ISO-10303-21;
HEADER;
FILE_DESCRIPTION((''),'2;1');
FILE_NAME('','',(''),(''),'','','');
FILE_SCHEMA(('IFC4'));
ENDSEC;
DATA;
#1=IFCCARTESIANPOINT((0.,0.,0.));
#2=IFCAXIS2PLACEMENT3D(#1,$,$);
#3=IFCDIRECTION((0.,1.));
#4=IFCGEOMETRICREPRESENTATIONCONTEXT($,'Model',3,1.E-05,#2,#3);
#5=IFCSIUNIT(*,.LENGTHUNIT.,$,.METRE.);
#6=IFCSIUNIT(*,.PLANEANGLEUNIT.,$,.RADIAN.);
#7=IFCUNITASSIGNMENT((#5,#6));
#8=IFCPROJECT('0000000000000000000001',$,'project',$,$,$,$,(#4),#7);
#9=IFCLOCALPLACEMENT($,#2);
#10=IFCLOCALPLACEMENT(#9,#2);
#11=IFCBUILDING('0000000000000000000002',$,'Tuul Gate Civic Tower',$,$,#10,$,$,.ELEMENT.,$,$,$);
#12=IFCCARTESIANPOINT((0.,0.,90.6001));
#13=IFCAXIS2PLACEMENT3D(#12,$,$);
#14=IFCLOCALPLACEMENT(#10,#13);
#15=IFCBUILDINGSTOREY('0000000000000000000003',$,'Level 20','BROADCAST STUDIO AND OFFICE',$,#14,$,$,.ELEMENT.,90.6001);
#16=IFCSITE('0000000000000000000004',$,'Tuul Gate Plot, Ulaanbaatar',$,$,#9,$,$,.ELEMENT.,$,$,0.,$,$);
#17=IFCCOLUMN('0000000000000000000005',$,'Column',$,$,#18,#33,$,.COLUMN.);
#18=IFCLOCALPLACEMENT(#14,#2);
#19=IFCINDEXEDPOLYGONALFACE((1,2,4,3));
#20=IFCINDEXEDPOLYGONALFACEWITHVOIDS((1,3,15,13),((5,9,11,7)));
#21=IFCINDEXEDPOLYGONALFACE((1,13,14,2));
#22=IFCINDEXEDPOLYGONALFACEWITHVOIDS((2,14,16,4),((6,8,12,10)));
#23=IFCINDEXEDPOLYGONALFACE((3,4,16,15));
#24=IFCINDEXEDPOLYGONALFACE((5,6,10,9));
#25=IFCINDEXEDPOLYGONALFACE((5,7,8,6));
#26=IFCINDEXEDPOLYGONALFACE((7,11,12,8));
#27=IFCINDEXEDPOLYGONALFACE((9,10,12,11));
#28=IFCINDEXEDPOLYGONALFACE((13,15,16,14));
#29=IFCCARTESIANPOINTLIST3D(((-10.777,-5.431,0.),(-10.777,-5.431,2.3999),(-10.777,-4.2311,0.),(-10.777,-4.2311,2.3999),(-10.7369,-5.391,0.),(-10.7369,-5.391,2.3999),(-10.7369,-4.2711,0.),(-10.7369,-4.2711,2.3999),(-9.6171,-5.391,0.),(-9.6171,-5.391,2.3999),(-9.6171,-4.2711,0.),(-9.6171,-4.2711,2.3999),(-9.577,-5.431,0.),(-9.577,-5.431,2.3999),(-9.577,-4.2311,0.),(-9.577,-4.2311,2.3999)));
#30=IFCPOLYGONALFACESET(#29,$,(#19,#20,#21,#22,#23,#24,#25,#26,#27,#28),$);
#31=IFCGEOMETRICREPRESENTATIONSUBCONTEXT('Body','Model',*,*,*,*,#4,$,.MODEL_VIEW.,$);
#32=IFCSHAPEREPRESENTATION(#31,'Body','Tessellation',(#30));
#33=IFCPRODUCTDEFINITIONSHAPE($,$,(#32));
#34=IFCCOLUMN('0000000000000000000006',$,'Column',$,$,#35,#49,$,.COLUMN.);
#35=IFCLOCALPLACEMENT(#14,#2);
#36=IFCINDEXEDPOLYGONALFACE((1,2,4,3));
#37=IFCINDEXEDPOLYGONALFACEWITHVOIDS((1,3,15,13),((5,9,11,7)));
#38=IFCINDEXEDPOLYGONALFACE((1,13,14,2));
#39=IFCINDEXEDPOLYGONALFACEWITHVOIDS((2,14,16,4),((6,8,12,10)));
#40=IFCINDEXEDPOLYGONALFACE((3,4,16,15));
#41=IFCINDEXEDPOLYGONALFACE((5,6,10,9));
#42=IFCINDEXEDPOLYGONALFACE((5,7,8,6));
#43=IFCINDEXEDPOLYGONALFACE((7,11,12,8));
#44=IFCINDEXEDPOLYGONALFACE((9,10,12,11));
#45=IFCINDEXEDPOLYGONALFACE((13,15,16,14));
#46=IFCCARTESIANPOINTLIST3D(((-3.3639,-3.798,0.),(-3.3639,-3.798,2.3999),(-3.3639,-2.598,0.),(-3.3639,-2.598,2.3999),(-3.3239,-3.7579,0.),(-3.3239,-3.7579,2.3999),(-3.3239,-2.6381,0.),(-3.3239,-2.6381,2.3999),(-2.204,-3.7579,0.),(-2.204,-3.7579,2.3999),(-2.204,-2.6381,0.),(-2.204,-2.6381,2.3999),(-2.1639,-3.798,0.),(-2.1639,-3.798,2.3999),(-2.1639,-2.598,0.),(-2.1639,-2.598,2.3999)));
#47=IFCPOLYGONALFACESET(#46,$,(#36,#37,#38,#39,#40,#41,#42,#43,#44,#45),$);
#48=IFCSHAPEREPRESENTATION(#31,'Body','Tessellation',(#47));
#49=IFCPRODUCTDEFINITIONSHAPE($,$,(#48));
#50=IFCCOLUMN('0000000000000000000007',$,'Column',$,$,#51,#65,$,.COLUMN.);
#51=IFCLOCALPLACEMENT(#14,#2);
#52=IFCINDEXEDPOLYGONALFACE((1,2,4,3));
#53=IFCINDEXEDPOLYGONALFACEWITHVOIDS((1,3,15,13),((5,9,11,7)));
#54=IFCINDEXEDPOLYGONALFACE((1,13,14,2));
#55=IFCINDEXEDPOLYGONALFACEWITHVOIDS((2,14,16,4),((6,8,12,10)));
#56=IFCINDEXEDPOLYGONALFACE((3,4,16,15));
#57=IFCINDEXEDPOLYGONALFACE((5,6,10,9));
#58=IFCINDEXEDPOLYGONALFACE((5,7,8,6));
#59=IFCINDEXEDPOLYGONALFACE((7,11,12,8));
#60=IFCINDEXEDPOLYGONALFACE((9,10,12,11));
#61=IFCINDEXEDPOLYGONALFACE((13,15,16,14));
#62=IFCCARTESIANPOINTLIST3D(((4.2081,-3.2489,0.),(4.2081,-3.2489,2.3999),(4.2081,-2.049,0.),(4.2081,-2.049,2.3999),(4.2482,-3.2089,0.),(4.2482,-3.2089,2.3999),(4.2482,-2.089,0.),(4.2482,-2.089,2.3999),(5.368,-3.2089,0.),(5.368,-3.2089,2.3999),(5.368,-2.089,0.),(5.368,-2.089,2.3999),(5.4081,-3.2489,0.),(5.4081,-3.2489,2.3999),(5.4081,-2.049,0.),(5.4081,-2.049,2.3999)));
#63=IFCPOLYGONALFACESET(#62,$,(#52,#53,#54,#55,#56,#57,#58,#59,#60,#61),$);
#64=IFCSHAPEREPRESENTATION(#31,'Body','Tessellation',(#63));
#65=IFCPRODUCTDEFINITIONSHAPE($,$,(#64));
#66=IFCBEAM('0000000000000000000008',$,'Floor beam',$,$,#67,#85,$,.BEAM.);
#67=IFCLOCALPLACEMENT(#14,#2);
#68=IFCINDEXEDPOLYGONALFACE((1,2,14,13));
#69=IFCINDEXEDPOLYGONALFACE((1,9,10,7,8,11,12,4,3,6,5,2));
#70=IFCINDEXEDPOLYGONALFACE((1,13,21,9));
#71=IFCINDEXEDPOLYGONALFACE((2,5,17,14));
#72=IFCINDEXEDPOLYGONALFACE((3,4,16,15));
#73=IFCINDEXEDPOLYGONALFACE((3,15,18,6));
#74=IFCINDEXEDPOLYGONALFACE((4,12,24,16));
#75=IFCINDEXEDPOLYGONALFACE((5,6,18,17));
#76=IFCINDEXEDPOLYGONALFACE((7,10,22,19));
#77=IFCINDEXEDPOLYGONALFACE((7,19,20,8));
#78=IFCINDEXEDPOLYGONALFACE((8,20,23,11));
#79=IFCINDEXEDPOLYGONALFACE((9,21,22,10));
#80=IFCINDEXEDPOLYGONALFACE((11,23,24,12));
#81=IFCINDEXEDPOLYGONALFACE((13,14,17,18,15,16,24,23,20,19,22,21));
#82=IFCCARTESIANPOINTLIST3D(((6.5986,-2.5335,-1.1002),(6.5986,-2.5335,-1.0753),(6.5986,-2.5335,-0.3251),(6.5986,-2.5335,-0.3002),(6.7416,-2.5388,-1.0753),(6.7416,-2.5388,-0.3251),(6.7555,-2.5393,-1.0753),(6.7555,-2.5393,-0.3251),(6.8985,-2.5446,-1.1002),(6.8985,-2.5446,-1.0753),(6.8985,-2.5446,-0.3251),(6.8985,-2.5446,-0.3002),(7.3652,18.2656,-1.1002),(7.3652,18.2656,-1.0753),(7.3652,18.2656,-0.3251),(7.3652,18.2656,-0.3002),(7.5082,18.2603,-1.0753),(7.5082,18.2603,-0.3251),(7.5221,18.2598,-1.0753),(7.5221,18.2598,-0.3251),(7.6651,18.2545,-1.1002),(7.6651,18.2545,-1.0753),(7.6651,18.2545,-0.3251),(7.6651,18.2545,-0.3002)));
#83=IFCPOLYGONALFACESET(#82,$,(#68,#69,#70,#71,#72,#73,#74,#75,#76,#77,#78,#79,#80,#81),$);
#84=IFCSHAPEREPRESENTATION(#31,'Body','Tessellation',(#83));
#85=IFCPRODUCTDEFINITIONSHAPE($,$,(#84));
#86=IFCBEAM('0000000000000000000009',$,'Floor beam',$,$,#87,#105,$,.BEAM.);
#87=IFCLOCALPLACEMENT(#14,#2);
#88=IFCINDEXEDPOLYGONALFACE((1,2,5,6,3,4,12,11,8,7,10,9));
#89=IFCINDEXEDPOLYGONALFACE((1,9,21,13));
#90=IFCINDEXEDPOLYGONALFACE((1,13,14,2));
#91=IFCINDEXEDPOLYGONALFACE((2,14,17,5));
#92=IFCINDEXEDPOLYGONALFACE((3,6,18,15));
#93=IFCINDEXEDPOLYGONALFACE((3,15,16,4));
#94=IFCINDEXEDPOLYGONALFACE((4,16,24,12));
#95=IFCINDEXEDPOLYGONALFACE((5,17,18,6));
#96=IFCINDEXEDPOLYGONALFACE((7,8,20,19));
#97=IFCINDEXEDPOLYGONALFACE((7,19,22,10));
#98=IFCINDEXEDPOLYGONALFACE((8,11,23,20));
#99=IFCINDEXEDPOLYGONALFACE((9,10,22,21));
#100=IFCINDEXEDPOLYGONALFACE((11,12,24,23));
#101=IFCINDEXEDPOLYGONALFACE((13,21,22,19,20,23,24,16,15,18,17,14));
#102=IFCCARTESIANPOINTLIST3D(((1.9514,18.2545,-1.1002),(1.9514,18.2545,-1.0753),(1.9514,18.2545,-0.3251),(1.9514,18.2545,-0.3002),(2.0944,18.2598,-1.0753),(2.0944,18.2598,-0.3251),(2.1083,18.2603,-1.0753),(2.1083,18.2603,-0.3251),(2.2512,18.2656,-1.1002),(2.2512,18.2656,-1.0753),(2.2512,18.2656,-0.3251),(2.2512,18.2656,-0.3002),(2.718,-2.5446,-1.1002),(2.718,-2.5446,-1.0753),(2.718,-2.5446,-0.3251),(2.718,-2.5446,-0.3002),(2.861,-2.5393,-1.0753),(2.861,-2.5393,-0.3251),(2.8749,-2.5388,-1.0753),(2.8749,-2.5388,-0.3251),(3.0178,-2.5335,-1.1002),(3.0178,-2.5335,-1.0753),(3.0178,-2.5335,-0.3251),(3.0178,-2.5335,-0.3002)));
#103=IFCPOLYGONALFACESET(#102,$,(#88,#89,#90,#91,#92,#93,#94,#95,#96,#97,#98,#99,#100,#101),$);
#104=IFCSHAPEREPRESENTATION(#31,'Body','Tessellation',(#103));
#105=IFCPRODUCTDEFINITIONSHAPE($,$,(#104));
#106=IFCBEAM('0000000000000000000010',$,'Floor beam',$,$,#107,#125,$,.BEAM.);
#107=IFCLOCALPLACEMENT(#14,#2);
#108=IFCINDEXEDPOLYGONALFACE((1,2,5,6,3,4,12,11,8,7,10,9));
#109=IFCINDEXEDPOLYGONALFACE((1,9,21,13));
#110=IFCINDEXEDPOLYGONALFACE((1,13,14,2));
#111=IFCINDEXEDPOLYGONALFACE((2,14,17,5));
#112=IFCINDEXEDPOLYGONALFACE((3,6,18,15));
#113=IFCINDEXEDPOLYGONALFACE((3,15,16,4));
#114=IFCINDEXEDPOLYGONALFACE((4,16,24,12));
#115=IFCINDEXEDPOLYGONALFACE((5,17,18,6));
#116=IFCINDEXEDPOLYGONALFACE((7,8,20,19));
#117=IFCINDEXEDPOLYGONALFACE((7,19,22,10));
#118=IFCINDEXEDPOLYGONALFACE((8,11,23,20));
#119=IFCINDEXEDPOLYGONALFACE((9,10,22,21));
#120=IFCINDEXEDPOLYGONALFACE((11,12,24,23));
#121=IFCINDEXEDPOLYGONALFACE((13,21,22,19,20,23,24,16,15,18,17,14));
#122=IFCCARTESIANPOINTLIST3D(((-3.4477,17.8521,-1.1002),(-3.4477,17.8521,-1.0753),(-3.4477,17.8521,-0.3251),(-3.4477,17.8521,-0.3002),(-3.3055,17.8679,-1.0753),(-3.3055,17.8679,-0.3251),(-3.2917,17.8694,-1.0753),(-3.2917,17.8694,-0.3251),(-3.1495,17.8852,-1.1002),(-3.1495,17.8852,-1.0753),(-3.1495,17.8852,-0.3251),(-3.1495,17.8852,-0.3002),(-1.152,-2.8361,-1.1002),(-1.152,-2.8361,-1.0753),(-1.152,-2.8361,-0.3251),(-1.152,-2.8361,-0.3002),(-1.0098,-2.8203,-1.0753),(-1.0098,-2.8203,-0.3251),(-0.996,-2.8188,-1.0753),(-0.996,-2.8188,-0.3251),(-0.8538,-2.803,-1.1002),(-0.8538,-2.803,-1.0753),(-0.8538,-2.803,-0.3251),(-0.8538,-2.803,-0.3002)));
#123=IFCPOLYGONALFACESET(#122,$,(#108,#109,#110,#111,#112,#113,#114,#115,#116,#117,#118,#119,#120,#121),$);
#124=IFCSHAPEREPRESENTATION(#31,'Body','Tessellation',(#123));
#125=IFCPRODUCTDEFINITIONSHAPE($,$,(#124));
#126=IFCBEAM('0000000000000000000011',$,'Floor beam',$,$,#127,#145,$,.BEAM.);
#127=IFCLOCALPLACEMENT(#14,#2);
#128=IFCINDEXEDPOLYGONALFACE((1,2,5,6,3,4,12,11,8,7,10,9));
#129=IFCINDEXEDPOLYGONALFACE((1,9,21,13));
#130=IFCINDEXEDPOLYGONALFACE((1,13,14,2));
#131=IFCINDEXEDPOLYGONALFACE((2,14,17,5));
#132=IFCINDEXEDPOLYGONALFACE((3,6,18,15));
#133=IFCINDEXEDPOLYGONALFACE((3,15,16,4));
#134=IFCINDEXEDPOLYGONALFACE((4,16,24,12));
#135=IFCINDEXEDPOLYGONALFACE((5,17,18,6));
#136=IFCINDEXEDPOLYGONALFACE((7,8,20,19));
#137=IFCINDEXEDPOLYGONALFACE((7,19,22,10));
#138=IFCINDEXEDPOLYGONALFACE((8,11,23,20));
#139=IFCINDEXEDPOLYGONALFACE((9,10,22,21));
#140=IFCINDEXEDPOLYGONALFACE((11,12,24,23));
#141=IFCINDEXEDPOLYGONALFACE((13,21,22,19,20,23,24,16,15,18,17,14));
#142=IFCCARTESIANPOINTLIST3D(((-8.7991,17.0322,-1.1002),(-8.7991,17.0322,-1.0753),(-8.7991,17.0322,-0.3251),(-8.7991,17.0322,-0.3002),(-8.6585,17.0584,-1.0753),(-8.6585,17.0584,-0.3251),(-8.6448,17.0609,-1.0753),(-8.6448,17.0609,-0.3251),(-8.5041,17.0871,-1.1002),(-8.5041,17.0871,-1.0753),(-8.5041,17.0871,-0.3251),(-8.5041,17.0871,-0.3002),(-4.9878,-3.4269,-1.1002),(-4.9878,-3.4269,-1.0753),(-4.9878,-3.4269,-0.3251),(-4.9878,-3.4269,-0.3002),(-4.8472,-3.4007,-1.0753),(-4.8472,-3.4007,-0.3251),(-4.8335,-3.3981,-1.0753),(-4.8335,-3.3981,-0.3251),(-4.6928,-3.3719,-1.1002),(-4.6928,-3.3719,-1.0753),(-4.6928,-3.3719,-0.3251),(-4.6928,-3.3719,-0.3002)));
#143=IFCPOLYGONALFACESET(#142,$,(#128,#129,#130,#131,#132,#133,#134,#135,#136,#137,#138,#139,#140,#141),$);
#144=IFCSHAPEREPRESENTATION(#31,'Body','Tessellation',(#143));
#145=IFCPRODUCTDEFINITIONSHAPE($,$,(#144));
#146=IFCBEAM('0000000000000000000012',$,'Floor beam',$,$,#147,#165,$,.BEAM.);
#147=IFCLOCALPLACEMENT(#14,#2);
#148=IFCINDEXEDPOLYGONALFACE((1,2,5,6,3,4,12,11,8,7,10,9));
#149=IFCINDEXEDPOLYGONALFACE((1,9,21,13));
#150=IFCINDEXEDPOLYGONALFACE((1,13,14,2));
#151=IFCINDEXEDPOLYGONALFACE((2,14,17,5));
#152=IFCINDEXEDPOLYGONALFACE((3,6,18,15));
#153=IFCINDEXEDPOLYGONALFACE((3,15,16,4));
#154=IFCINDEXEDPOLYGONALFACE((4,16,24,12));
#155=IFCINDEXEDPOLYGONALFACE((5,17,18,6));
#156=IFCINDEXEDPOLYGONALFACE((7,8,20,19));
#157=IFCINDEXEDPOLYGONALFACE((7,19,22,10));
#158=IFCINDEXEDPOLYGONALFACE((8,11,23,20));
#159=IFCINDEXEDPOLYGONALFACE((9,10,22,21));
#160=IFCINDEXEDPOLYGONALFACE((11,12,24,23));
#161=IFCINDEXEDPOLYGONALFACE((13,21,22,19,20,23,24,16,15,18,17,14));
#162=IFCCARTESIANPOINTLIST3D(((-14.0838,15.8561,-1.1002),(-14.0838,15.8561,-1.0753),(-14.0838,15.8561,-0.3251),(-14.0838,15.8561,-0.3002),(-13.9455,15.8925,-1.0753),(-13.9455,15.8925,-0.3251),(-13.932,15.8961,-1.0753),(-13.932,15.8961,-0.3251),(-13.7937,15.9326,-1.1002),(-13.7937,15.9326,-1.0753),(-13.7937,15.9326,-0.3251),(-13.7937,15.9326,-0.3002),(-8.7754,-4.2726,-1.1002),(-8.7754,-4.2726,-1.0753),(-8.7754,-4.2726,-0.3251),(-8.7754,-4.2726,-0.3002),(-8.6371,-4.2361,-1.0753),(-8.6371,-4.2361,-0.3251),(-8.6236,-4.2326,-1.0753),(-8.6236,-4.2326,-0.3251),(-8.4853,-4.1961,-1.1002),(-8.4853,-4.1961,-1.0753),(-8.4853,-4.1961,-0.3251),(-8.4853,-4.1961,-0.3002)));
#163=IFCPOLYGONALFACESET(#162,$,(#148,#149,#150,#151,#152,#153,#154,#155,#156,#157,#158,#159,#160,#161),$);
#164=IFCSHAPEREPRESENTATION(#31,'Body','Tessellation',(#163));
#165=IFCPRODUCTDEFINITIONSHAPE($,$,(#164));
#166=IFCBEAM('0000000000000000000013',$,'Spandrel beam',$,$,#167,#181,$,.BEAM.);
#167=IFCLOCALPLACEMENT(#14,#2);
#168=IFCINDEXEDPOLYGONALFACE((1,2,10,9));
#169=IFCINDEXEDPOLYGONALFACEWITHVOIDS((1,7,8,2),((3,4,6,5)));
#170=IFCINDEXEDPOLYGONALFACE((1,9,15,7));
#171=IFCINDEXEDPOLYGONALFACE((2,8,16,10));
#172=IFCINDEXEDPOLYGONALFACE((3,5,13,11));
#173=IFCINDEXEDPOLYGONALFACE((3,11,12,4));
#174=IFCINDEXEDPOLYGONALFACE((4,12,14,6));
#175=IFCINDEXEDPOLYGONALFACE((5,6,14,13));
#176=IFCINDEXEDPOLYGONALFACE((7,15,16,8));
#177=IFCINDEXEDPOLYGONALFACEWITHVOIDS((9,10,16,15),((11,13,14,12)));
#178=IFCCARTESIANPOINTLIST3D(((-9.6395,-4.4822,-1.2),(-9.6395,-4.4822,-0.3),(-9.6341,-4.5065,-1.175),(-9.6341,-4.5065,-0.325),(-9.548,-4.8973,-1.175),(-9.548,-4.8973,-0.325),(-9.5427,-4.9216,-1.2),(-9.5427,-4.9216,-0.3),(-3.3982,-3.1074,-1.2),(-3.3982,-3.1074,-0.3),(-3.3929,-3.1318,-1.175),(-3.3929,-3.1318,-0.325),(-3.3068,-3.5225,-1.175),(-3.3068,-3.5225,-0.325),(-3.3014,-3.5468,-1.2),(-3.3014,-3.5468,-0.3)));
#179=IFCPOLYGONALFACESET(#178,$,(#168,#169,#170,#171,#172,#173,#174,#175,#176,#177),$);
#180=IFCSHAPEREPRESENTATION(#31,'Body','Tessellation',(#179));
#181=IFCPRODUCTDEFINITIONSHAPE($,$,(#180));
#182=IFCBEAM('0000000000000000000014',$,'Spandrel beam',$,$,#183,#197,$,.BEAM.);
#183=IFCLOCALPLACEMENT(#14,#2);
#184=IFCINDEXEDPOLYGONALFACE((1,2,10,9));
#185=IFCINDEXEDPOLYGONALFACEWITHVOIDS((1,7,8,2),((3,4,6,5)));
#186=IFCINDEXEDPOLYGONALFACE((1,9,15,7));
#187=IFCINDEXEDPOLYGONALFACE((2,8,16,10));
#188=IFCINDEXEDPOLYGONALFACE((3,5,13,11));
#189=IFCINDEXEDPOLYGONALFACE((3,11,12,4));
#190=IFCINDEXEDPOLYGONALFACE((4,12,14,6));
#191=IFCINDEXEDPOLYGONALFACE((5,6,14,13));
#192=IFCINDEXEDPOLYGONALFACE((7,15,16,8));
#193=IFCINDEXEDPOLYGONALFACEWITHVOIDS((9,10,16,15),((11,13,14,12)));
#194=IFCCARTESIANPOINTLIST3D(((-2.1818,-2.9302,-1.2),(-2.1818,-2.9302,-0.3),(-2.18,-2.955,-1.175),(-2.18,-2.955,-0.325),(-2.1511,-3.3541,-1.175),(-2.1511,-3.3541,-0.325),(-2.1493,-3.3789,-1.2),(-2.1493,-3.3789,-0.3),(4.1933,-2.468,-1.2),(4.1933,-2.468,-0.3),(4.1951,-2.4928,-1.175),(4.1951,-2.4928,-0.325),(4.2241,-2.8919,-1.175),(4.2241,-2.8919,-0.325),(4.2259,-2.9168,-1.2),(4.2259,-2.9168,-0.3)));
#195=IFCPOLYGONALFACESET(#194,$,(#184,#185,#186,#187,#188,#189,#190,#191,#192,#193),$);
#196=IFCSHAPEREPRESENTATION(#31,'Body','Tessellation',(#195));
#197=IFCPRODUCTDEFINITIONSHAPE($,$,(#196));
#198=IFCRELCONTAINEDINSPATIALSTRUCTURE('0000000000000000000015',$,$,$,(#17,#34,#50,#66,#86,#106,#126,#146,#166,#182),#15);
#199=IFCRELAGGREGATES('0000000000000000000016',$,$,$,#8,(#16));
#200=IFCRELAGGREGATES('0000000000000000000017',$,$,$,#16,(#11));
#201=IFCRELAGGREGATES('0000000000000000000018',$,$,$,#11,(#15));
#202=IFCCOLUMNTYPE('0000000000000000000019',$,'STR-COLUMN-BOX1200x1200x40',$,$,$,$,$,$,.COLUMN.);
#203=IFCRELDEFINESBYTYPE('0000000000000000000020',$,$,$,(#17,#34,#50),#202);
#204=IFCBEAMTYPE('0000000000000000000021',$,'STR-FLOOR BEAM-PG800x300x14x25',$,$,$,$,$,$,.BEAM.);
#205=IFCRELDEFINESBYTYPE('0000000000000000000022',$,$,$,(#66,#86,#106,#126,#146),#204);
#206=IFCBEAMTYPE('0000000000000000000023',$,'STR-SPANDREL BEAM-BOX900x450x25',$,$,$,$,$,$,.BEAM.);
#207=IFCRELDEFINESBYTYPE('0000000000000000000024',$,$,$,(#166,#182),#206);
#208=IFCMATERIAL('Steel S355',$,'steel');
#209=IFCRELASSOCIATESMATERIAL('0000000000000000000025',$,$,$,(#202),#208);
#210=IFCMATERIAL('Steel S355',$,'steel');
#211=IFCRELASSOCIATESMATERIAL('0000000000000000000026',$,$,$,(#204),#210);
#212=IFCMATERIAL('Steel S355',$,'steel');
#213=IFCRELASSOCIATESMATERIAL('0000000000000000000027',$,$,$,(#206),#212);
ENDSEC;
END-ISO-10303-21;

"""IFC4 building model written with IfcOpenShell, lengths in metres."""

from ifc_helpers import new_model, si_unit, direction, frame, origin, origin_2d, place, context, subcontext, project, spatial, hollow_rectangle, i_section, extrude, material, material_profile, profile_set, type_object, element, save


model = new_model("IFC4")

# Units and contexts
model_context = context("Model", 3, precision=1e-05, world=origin(), true_north=direction((0.0, 1.0)))
body_context = subcontext(model_context, "Body", "Model", "MODEL_VIEW")
ifc_project = project(units=[si_unit("LENGTHUNIT", "METRE"), si_unit("PLANEANGLEUNIT", "RADIAN")], contexts=[model_context])

# Site, building, storey
site_placement = place(None, origin())
site = spatial("IfcSite", under=ifc_project, at=site_placement, Name="Tuul Gate Plot, Ulaanbaatar", CompositionType="ELEMENT", RefElevation=0.0)
building_placement = place(site_placement, origin())
building = spatial("IfcBuilding", under=site, at=building_placement, Name="Tuul Gate Civic Tower", CompositionType="ELEMENT")
storey_placement = place(building_placement, frame((0.0, 0.0, 90.6001)))
storey = spatial("IfcBuildingStorey", under=building, at=storey_placement, Name="Level 20", Description="BROADCAST STUDIO AND OFFICE", CompositionType="ELEMENT", Elevation=90.6001)

# Columns
ifc_material_1 = material(Name="Steel S355", Category="steel")
ifc_material_profile_1 = material_profile(ifc_material_1, hollow_rectangle(XDim=1.2, YDim=1.2, WallThickness=0.04, at=origin_2d()), Name="BOX1200x1200x40")
ifc_profile_set_1 = profile_set([ifc_material_profile_1], Name="Steel S355")
column_type = type_object("IfcColumnType", Name="STR-COLUMN-BOX1200x1200x40", PredefinedType="COLUMN", material=ifc_profile_set_1)
for number, where, z_axis, x_axis, name in (
    (1, (-10.177, -4.8311, 0.0), (0.0, 0.0, 1.0), (1.0, 0.0, 0.0), "Column"),
    (2, (-2.7639, -3.198, 0.0), (0.0, 0.0, 1.0), (1.0, 0.0, 0.0), "Column"),
    (3, (4.8081, -2.6489, 0.0), (0.0, 0.0, 1.0), (1.0, 0.0, 0.0), "Column"),
):
    element("IfcColumn", number, at=place(storey_placement, frame(where, z_axis=z_axis, x_axis=x_axis)), inside=storey, type_object=column_type, Name=name, PredefinedType="COLUMN", context=body_context, shape_type="SweptSolid", body=[
        extrude(hollow_rectangle(XDim=1.2, YDim=1.2, WallThickness=0.04, at=origin_2d()), origin(), (0.0, 0.0, 1.0), 2.3999),
    ])

# Beams
ifc_material_2 = material(Name="Steel S355", Category="steel")
ifc_material_profile_2 = material_profile(ifc_material_2, i_section(OverallWidth=0.3, OverallDepth=0.8, WebThickness=0.0139, FlangeThickness=0.0249, at=origin_2d()), Name="PG800x300x14x25")
ifc_profile_set_2 = profile_set([ifc_material_profile_2], Name="Steel S355")
beam_type_1 = type_object("IfcBeamType", Name="STR-FLOOR BEAM-PG800x300x14x25", PredefinedType="BEAM", material=ifc_profile_set_2)
for number, where, z_axis, x_axis, name in (
    (4, (6.7485, -2.5391, -0.7002), (0.036832, 0.999321, 0.0), (-0.999321, 0.036832, 0.0), "Floor beam"),
    (5, (2.8679, -2.5391, -0.7002), (-0.036832, 0.999321, 0.0), (-0.999321, -0.036832, 0.0), "Floor beam"),
):
    element("IfcBeam", number, at=place(storey_placement, frame(where, z_axis=z_axis, x_axis=x_axis)), inside=storey, type_object=beam_type_1, Name=name, PredefinedType="BEAM", context=body_context, shape_type="SweptSolid", body=[
        extrude(i_section(OverallWidth=0.3, OverallDepth=0.8, WebThickness=0.0139, FlangeThickness=0.0249, at=origin_2d()), origin(), (0.0, 0.0, 1.0), 20.8132),
    ])
beam_1_placement = place(storey_placement, frame((-1.0029, -2.8196, -0.7002), z_axis=(-0.110287, 0.9939, 0.0), x_axis=(-0.9939, -0.110287, 0.0)))
element("IfcBeam", 6, at=beam_1_placement, inside=storey, type_object=beam_type_1, Name="Floor beam", PredefinedType="BEAM", context=body_context, shape_type="SweptSolid", body=[
    extrude(i_section(OverallWidth=0.3, OverallDepth=0.8, WebThickness=0.0139, FlangeThickness=0.0249, at=origin_2d()), origin(), (0.0, 0.0, 1.0), 20.8152),
])
beam_2_placement = place(storey_placement, frame((-4.8403, -3.3994, -0.7002), z_axis=(-0.183138, 0.983087, 0.0), x_axis=(-0.983087, -0.183138, 0.0)))
element("IfcBeam", 7, at=beam_2_placement, inside=storey, type_object=beam_type_1, Name="Floor beam", PredefinedType="BEAM", context=body_context, shape_type="SweptSolid", body=[
    extrude(i_section(OverallWidth=0.3, OverallDepth=0.8, WebThickness=0.0139, FlangeThickness=0.0249, at=origin_2d()), origin(), (0.0, 0.0, 1.0), 20.811),
])
beam_3_placement = place(storey_placement, frame((-8.6304, -4.2344, -0.7002), z_axis=(-0.255002, 0.96694, 0.0), x_axis=(-0.96694, -0.255002, 0.0)))
element("IfcBeam", 8, at=beam_3_placement, inside=storey, type_object=beam_type_1, Name="Floor beam", PredefinedType="BEAM", context=body_context, shape_type="SweptSolid", body=[
    extrude(i_section(OverallWidth=0.3, OverallDepth=0.8, WebThickness=0.0139, FlangeThickness=0.0249, at=origin_2d()), origin(), (0.0, 0.0, 1.0), 20.8169),
])
ifc_material_3 = material(Name="Steel S355", Category="steel")
ifc_material_profile_3 = material_profile(ifc_material_3, hollow_rectangle(XDim=0.45, YDim=0.8999, WallThickness=0.0249, at=origin_2d()), Name="BOX900x450x25")
ifc_profile_set_3 = profile_set([ifc_material_profile_3], Name="Steel S355")
beam_type_2 = type_object("IfcBeamType", Name="STR-SPANDREL BEAM-BOX900x450x25", PredefinedType="BEAM", material=ifc_profile_set_3)
beam_4_placement = place(storey_placement, frame((-9.5911, -4.7019, -0.75), z_axis=(0.976589, 0.215114, 0.0), x_axis=(-0.215114, 0.976589, 0.0)))
element("IfcBeam", 9, at=beam_4_placement, inside=storey, type_object=beam_type_2, Name="Spandrel beam", PredefinedType="BEAM", context=body_context, shape_type="SweptSolid", body=[
    extrude(hollow_rectangle(XDim=0.45, YDim=0.8999, WallThickness=0.0249, at=origin_2d()), origin(), (0.0, 0.0, 1.0), 6.3909),
])
for number, where, z_axis, x_axis, name in (
    (10, (-2.1655, -3.1545, -0.75), (0.997383, 0.072306, 0.0), (-0.072306, 0.997383, 0.0), "Spandrel beam"),
):
    element("IfcBeam", number, at=place(storey_placement, frame(where, z_axis=z_axis, x_axis=x_axis)), inside=storey, type_object=beam_type_2, Name=name, PredefinedType="BEAM", context=body_context, shape_type="SweptSolid", body=[
        extrude(hollow_rectangle(XDim=0.45, YDim=0.8999, WallThickness=0.0249, at=origin_2d()), origin(), (0.0, 0.0, 1.0), 6.3918),
    ])

save(model, "model.ifc")
